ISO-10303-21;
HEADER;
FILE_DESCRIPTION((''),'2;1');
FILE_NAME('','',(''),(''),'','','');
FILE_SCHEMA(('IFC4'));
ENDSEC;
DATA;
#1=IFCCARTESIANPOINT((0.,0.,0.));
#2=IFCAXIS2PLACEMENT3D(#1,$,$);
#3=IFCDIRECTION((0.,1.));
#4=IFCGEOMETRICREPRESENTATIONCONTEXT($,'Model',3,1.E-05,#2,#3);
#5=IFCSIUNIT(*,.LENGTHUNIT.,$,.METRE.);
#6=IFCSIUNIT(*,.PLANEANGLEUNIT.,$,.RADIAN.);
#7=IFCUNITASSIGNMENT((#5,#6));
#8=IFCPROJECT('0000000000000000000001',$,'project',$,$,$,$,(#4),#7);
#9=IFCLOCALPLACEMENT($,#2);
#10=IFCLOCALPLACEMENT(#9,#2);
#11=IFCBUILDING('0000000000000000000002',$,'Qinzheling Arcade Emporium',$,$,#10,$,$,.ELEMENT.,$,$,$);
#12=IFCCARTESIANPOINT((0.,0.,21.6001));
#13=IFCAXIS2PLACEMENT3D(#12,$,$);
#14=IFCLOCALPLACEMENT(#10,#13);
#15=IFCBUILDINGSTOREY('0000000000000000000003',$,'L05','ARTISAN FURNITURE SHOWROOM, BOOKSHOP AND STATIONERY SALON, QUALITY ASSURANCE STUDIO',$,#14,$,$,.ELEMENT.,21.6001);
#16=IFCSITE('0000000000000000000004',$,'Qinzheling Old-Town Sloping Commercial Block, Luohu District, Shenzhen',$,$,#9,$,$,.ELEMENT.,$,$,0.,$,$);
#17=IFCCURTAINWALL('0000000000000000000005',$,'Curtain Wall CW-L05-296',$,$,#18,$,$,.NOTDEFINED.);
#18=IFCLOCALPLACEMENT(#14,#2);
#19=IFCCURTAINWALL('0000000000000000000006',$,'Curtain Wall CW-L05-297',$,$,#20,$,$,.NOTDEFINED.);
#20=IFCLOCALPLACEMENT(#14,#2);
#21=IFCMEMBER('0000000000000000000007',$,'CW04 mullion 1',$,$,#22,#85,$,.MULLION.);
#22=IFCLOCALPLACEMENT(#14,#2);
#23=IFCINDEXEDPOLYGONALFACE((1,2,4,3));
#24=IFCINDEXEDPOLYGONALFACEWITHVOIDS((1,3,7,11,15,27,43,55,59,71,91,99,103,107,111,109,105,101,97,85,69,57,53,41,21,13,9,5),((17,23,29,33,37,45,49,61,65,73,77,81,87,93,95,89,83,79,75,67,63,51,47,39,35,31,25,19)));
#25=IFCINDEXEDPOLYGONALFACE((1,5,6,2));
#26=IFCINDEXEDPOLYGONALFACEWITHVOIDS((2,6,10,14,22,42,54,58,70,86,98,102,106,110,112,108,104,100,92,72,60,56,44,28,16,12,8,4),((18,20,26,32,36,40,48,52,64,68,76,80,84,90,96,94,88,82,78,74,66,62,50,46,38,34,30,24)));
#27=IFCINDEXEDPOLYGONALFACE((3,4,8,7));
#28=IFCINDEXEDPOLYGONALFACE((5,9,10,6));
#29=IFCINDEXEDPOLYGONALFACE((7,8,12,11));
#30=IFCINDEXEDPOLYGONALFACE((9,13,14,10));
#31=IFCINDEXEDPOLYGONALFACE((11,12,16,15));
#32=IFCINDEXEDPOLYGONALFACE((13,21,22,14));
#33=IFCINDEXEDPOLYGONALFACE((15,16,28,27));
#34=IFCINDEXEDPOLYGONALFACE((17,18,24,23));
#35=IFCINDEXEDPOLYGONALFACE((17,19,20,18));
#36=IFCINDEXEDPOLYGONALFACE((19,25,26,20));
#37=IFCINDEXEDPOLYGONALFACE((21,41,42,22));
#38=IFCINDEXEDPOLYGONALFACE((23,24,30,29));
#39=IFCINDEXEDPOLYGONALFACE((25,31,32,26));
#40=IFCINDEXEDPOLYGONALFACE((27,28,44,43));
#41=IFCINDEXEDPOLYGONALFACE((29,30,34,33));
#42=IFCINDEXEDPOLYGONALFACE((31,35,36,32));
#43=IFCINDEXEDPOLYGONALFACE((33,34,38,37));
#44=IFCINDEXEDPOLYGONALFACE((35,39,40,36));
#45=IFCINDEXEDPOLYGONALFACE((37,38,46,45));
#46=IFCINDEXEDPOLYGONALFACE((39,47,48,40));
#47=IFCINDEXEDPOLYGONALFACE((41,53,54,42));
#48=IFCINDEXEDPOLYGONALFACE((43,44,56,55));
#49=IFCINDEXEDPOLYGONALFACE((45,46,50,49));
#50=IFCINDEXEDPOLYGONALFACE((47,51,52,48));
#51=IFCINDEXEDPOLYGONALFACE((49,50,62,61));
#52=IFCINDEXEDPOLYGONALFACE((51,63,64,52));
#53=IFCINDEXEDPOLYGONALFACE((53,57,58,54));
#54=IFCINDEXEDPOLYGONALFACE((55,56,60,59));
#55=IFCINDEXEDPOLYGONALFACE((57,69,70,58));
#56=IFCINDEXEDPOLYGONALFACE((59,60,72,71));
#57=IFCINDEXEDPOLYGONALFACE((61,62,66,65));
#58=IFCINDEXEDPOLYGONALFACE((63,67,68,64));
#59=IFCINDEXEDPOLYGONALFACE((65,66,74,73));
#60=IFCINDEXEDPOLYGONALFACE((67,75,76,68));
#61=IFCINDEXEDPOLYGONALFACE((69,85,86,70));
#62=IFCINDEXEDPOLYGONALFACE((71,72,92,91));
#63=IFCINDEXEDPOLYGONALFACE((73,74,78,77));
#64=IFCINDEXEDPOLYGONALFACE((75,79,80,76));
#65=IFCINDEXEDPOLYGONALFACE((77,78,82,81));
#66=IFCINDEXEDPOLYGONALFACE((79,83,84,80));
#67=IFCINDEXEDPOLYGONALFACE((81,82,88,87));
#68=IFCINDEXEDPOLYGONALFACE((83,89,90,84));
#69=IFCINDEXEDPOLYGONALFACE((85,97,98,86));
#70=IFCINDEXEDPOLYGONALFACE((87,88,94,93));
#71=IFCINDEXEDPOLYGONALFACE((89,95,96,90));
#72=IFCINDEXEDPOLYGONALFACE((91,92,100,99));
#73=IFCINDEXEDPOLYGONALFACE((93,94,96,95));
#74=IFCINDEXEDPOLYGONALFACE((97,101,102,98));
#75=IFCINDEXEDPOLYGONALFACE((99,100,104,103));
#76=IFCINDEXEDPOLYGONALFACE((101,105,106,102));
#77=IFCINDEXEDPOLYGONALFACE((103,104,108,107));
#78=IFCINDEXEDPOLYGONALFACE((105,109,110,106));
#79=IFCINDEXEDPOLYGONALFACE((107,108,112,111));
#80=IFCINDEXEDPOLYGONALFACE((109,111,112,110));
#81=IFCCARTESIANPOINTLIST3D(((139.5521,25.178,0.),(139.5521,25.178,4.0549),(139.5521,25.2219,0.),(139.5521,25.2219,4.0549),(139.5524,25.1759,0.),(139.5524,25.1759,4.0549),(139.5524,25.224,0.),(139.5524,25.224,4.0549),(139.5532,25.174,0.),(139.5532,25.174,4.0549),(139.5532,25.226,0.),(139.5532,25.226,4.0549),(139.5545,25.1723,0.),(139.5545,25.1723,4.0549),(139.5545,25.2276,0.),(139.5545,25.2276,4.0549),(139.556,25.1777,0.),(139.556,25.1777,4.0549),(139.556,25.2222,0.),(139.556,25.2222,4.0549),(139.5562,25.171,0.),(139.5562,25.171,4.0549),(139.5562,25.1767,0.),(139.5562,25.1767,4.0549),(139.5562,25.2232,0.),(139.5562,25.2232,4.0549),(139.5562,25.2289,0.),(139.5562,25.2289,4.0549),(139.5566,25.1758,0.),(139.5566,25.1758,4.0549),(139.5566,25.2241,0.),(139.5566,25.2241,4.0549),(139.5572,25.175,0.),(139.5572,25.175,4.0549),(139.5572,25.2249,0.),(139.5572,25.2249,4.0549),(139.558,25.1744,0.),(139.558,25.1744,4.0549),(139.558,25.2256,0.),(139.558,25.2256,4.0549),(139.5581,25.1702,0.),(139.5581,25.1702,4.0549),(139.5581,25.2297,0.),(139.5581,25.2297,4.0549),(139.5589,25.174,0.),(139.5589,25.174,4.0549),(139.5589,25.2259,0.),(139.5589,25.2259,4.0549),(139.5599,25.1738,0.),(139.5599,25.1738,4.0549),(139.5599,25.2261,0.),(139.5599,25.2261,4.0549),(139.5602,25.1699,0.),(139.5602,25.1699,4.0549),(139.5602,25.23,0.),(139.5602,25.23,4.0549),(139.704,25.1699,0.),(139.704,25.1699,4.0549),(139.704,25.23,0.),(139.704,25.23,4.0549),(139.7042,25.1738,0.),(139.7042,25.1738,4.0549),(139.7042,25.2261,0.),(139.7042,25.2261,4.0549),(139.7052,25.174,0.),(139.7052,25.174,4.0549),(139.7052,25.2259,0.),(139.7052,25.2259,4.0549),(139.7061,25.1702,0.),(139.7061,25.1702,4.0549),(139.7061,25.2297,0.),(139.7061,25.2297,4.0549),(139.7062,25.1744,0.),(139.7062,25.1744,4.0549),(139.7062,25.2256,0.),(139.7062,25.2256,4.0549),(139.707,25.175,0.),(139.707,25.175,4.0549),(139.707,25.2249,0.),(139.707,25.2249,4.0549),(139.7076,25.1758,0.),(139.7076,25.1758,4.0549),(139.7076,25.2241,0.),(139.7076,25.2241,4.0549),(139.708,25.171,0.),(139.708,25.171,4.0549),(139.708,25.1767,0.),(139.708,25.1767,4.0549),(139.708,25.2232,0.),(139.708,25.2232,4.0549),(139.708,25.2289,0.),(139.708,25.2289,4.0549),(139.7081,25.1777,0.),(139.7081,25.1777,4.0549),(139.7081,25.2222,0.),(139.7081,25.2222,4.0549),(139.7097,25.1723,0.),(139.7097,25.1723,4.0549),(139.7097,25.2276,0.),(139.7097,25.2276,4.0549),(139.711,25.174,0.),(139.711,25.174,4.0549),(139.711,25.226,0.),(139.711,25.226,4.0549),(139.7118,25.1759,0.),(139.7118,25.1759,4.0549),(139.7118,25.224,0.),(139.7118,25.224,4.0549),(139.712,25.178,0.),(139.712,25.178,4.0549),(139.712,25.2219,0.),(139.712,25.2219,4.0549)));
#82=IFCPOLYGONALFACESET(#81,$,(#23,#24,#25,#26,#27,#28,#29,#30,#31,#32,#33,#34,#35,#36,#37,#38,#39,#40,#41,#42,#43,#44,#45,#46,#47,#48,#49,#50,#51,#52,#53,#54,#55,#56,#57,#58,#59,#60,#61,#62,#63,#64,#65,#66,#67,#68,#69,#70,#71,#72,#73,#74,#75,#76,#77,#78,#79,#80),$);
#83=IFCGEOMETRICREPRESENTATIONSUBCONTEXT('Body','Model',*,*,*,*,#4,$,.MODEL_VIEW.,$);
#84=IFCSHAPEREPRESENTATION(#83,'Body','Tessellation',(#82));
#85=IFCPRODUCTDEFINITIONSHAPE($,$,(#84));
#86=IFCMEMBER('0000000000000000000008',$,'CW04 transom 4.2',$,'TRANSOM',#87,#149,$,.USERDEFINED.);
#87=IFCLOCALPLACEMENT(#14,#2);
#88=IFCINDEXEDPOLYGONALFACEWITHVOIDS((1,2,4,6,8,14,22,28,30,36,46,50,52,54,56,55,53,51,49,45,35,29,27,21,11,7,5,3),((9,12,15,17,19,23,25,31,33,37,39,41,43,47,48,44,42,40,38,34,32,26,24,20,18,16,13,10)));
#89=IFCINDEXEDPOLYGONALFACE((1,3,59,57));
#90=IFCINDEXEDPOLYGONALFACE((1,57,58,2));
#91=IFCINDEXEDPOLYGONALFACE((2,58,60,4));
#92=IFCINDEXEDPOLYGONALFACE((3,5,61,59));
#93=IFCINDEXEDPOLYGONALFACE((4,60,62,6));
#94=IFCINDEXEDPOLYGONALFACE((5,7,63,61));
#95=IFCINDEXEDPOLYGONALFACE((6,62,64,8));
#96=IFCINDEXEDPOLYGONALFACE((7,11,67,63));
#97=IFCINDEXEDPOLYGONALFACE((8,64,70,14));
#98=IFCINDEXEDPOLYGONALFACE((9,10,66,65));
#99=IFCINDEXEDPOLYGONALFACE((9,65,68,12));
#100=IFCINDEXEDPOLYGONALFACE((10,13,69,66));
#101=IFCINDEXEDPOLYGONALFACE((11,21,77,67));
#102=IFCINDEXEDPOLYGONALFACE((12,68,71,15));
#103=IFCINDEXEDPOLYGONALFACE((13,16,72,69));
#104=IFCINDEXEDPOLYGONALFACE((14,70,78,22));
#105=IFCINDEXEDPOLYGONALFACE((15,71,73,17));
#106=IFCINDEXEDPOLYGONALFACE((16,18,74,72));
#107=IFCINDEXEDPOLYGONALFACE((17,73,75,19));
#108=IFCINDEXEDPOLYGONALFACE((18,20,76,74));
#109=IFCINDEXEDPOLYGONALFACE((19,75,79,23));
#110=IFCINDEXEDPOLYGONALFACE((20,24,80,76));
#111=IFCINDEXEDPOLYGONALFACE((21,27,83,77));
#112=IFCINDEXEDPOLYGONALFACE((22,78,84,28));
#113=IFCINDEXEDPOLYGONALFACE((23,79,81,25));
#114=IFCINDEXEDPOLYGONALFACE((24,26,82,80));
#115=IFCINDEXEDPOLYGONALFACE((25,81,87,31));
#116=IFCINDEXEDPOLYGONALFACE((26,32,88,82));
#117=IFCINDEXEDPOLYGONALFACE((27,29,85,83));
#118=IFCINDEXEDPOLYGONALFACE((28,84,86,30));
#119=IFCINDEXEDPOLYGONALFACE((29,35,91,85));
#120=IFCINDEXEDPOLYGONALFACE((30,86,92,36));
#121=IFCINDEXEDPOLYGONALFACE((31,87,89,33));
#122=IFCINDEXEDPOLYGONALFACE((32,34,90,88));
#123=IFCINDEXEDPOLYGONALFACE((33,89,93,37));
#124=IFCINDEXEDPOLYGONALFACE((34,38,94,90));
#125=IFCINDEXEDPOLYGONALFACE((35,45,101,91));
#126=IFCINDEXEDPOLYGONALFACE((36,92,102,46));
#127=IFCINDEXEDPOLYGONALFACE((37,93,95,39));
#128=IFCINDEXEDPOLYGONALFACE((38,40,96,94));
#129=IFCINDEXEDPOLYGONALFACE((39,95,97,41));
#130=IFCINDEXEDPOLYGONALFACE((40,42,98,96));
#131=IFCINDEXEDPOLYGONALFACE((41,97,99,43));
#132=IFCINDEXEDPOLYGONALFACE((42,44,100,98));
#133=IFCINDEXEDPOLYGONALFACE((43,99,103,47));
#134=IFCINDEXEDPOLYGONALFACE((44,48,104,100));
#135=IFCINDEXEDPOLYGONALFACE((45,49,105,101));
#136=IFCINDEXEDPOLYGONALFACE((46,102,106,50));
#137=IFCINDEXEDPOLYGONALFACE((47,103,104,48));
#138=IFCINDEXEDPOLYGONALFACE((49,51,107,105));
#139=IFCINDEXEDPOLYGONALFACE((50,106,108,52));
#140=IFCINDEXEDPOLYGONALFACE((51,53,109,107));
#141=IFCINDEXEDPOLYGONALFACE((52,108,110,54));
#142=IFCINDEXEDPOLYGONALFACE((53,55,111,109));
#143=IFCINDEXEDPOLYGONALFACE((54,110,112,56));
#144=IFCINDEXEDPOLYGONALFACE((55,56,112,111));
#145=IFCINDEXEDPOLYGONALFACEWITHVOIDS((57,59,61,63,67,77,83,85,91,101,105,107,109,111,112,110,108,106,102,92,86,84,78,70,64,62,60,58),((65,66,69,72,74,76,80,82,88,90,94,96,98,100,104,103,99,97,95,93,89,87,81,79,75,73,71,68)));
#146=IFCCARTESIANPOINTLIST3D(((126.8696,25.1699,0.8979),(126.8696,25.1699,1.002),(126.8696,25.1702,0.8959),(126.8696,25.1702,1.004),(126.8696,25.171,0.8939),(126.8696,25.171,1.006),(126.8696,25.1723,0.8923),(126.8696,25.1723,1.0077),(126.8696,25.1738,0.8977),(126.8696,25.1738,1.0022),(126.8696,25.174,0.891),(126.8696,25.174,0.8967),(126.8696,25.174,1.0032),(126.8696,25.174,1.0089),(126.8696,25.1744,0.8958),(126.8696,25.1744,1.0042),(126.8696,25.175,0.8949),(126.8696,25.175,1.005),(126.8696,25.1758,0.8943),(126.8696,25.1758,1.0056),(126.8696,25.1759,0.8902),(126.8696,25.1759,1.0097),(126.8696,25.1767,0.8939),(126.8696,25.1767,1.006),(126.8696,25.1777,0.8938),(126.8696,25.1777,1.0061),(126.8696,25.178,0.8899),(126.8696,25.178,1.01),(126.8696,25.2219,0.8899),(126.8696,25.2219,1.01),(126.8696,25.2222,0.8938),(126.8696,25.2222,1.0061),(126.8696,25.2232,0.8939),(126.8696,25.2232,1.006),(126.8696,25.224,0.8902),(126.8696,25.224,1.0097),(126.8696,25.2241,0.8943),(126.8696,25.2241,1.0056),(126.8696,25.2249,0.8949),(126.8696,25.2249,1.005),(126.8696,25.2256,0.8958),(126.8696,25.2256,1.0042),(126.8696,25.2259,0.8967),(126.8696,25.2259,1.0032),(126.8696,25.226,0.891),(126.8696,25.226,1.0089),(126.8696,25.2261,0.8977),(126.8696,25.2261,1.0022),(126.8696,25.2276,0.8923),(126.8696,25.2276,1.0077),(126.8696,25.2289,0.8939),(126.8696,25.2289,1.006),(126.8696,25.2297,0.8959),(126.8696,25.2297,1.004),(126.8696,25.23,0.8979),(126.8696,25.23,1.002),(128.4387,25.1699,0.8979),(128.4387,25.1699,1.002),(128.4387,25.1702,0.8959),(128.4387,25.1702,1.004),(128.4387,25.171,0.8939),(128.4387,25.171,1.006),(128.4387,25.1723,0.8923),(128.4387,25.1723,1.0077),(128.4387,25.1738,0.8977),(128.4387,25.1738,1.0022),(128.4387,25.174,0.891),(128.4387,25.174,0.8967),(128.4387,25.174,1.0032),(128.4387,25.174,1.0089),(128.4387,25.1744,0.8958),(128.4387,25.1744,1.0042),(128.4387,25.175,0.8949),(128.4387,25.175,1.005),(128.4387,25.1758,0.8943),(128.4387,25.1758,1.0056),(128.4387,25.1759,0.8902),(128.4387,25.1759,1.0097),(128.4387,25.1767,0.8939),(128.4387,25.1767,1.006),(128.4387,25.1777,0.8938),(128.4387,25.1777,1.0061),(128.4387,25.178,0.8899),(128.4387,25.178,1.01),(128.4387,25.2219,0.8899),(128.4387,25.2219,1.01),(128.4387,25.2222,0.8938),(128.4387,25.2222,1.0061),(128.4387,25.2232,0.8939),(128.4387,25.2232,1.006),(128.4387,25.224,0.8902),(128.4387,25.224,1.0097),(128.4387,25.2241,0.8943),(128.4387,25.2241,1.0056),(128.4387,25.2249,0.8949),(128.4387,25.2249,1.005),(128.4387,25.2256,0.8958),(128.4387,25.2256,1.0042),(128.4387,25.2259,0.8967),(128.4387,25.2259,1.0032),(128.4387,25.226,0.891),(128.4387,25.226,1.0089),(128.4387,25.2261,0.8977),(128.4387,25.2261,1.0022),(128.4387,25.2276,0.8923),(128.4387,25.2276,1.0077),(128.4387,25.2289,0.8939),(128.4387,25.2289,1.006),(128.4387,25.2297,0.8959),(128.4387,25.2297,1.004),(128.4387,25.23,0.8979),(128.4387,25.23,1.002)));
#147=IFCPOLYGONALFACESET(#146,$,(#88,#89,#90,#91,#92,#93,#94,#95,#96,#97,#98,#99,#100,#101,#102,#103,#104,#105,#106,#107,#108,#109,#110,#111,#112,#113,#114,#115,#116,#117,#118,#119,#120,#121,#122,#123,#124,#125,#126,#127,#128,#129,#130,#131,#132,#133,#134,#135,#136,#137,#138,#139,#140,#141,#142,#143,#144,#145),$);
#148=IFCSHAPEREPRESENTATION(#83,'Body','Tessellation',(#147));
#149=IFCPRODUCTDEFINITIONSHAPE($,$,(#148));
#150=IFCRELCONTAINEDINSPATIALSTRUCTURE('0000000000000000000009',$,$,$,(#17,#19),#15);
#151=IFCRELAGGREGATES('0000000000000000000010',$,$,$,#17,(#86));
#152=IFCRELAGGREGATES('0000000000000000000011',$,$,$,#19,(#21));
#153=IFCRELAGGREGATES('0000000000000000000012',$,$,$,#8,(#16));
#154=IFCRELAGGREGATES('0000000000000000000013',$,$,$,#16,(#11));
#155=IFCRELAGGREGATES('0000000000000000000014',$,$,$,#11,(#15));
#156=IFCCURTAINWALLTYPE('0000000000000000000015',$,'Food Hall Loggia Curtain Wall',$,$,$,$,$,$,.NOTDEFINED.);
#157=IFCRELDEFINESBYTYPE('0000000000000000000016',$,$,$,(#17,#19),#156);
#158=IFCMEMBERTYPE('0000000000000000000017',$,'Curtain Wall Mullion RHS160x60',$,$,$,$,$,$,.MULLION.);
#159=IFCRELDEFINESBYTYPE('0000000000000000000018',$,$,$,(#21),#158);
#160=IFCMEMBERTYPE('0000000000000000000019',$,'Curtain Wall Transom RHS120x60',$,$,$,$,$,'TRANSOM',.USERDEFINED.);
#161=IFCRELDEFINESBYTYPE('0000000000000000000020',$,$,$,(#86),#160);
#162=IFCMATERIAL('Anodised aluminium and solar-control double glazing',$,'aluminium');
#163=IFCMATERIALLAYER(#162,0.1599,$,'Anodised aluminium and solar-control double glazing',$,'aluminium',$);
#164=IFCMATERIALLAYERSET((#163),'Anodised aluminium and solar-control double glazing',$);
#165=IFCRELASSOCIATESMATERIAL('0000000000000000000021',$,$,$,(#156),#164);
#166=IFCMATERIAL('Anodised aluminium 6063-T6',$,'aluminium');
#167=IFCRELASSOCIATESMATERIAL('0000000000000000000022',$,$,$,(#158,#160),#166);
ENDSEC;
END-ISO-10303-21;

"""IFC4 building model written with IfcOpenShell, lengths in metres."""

from ifc_helpers import new_model, si_unit, direction, frame, origin, origin_2d, place, context, subcontext, project, spatial, hollow_rectangle, extrude, material, layer, layer_set, material_profile, profile_set, type_object, element, aggregate, save


model = new_model("IFC4")

# Units and contexts
model_context = context("Model", 3, precision=1e-05, world=origin(), true_north=direction((0.0, 1.0)))
body_context = subcontext(model_context, "Body", "Model", "MODEL_VIEW")
ifc_project = project(units=[si_unit("LENGTHUNIT", "METRE"), si_unit("PLANEANGLEUNIT", "RADIAN")], contexts=[model_context])

# Site, building, storey
site_placement = place(None, origin())
site = spatial("IfcSite", under=ifc_project, at=site_placement, Name="Qinzheling Old-Town Sloping Commercial Block, Luohu District, Shenzhen", CompositionType="ELEMENT", RefElevation=0.0)
building_placement = place(site_placement, origin())
building = spatial("IfcBuilding", under=site, at=building_placement, Name="Qinzheling Arcade Emporium", CompositionType="ELEMENT")
storey_placement = place(building_placement, frame((0.0, 0.0, 21.6001)))
storey = spatial("IfcBuildingStorey", under=building, at=storey_placement, Name="L05", Description="ARTISAN FURNITURE SHOWROOM, BOOKSHOP AND STATIONERY SALON, QUALITY ASSURANCE STUDIO", CompositionType="ELEMENT", Elevation=21.6001)

# Curtain wall
ifc_material_1 = material(Name="Anodised aluminium and solar-control double glazing", Category="aluminium")
ifc_layer_1 = layer(ifc_material_1, 0.1599, Name="Anodised aluminium and solar-control double glazing", Category="aluminium")
ifc_layer_set_1 = layer_set([ifc_layer_1], Name="Anodised aluminium and solar-control double glazing")
curtain_wall_type = type_object("IfcCurtainWallType", Name="Food Hall Loggia Curtain Wall", PredefinedType="NOTDEFINED", material=ifc_layer_set_1)
curtain_wall_1_placement = place(storey_placement, origin())
curtain_wall_1 = element("IfcCurtainWall", 1, at=curtain_wall_1_placement, inside=storey, type_object=curtain_wall_type, Name="Curtain Wall CW-L05-296", PredefinedType="NOTDEFINED")
ifc_material_2 = material(Name="Anodised aluminium 6063-T6", Category="aluminium")
ifc_material_profile_1 = material_profile(ifc_material_2, hollow_rectangle(XDim=0.0601, YDim=0.1599, WallThickness=0.0039, InnerFilletRadius=0.0039, OuterFilletRadius=0.0081, at=origin_2d()), Name="RHS 160x60x4", Category="aluminium")
ifc_profile_set_1 = profile_set([ifc_material_profile_1], Name="Anodised aluminium 6063-T6")
member_type_1 = type_object("IfcMemberType", Name="Curtain Wall Mullion RHS160x60", PredefinedType="MULLION", material=ifc_profile_set_1)

# Curtain wall, member
curtain_wall_2_placement = place(storey_placement, origin())
curtain_wall_2 = element("IfcCurtainWall", 2, at=curtain_wall_2_placement, inside=storey, type_object=curtain_wall_type, Name="Curtain Wall CW-L05-297", PredefinedType="NOTDEFINED")
member_1_placement = place(storey_placement, frame((139.6321, 25.2, 0.0), z_axis=(0.0, 0.0, 1.0), x_axis=(0.0, 1.0, 0.0)))
member_1 = element("IfcMember", 3, at=member_1_placement, type_object=member_type_1, Name="CW04 mullion 1", PredefinedType="MULLION", context=body_context, shape_type="SweptSolid", body=[
    extrude(hollow_rectangle(XDim=0.0601, YDim=0.1599, WallThickness=0.0039, InnerFilletRadius=0.0039, OuterFilletRadius=0.0081, at=origin_2d()), origin(), (0.0, 0.0, 1.0), 4.0549),
])

# Member
ifc_material_profile_2 = material_profile(ifc_material_2, hollow_rectangle(XDim=0.0601, YDim=0.1201, WallThickness=0.0039, InnerFilletRadius=0.0039, OuterFilletRadius=0.0081, at=origin_2d()), Name="RHS 120x60x4", Category="aluminium")
ifc_profile_set_2 = profile_set([ifc_material_profile_2], Name="Anodised aluminium 6063-T6")
member_type_2 = type_object("IfcMemberType", Name="Curtain Wall Transom RHS120x60", ElementType="TRANSOM", PredefinedType="USERDEFINED", material=ifc_profile_set_2)
member_2_placement = place(storey_placement, frame((126.8696, 25.2, 0.95), z_axis=(1.0, 0.0, 0.0), x_axis=(0.0, 1.0, 0.0)))
member_2 = element("IfcMember", 4, at=member_2_placement, type_object=member_type_2, Name="CW04 transom 4.2", ObjectType="TRANSOM", PredefinedType="USERDEFINED", context=body_context, shape_type="SweptSolid", body=[
    extrude(hollow_rectangle(XDim=0.0601, YDim=0.1201, WallThickness=0.0039, InnerFilletRadius=0.0039, OuterFilletRadius=0.0081, at=origin_2d()), origin(), (0.0, 0.0, 1.0), 1.5691),
])

aggregate(curtain_wall_1, [member_2])
aggregate(curtain_wall_2, [member_1])

save(model, "model.ifc")
